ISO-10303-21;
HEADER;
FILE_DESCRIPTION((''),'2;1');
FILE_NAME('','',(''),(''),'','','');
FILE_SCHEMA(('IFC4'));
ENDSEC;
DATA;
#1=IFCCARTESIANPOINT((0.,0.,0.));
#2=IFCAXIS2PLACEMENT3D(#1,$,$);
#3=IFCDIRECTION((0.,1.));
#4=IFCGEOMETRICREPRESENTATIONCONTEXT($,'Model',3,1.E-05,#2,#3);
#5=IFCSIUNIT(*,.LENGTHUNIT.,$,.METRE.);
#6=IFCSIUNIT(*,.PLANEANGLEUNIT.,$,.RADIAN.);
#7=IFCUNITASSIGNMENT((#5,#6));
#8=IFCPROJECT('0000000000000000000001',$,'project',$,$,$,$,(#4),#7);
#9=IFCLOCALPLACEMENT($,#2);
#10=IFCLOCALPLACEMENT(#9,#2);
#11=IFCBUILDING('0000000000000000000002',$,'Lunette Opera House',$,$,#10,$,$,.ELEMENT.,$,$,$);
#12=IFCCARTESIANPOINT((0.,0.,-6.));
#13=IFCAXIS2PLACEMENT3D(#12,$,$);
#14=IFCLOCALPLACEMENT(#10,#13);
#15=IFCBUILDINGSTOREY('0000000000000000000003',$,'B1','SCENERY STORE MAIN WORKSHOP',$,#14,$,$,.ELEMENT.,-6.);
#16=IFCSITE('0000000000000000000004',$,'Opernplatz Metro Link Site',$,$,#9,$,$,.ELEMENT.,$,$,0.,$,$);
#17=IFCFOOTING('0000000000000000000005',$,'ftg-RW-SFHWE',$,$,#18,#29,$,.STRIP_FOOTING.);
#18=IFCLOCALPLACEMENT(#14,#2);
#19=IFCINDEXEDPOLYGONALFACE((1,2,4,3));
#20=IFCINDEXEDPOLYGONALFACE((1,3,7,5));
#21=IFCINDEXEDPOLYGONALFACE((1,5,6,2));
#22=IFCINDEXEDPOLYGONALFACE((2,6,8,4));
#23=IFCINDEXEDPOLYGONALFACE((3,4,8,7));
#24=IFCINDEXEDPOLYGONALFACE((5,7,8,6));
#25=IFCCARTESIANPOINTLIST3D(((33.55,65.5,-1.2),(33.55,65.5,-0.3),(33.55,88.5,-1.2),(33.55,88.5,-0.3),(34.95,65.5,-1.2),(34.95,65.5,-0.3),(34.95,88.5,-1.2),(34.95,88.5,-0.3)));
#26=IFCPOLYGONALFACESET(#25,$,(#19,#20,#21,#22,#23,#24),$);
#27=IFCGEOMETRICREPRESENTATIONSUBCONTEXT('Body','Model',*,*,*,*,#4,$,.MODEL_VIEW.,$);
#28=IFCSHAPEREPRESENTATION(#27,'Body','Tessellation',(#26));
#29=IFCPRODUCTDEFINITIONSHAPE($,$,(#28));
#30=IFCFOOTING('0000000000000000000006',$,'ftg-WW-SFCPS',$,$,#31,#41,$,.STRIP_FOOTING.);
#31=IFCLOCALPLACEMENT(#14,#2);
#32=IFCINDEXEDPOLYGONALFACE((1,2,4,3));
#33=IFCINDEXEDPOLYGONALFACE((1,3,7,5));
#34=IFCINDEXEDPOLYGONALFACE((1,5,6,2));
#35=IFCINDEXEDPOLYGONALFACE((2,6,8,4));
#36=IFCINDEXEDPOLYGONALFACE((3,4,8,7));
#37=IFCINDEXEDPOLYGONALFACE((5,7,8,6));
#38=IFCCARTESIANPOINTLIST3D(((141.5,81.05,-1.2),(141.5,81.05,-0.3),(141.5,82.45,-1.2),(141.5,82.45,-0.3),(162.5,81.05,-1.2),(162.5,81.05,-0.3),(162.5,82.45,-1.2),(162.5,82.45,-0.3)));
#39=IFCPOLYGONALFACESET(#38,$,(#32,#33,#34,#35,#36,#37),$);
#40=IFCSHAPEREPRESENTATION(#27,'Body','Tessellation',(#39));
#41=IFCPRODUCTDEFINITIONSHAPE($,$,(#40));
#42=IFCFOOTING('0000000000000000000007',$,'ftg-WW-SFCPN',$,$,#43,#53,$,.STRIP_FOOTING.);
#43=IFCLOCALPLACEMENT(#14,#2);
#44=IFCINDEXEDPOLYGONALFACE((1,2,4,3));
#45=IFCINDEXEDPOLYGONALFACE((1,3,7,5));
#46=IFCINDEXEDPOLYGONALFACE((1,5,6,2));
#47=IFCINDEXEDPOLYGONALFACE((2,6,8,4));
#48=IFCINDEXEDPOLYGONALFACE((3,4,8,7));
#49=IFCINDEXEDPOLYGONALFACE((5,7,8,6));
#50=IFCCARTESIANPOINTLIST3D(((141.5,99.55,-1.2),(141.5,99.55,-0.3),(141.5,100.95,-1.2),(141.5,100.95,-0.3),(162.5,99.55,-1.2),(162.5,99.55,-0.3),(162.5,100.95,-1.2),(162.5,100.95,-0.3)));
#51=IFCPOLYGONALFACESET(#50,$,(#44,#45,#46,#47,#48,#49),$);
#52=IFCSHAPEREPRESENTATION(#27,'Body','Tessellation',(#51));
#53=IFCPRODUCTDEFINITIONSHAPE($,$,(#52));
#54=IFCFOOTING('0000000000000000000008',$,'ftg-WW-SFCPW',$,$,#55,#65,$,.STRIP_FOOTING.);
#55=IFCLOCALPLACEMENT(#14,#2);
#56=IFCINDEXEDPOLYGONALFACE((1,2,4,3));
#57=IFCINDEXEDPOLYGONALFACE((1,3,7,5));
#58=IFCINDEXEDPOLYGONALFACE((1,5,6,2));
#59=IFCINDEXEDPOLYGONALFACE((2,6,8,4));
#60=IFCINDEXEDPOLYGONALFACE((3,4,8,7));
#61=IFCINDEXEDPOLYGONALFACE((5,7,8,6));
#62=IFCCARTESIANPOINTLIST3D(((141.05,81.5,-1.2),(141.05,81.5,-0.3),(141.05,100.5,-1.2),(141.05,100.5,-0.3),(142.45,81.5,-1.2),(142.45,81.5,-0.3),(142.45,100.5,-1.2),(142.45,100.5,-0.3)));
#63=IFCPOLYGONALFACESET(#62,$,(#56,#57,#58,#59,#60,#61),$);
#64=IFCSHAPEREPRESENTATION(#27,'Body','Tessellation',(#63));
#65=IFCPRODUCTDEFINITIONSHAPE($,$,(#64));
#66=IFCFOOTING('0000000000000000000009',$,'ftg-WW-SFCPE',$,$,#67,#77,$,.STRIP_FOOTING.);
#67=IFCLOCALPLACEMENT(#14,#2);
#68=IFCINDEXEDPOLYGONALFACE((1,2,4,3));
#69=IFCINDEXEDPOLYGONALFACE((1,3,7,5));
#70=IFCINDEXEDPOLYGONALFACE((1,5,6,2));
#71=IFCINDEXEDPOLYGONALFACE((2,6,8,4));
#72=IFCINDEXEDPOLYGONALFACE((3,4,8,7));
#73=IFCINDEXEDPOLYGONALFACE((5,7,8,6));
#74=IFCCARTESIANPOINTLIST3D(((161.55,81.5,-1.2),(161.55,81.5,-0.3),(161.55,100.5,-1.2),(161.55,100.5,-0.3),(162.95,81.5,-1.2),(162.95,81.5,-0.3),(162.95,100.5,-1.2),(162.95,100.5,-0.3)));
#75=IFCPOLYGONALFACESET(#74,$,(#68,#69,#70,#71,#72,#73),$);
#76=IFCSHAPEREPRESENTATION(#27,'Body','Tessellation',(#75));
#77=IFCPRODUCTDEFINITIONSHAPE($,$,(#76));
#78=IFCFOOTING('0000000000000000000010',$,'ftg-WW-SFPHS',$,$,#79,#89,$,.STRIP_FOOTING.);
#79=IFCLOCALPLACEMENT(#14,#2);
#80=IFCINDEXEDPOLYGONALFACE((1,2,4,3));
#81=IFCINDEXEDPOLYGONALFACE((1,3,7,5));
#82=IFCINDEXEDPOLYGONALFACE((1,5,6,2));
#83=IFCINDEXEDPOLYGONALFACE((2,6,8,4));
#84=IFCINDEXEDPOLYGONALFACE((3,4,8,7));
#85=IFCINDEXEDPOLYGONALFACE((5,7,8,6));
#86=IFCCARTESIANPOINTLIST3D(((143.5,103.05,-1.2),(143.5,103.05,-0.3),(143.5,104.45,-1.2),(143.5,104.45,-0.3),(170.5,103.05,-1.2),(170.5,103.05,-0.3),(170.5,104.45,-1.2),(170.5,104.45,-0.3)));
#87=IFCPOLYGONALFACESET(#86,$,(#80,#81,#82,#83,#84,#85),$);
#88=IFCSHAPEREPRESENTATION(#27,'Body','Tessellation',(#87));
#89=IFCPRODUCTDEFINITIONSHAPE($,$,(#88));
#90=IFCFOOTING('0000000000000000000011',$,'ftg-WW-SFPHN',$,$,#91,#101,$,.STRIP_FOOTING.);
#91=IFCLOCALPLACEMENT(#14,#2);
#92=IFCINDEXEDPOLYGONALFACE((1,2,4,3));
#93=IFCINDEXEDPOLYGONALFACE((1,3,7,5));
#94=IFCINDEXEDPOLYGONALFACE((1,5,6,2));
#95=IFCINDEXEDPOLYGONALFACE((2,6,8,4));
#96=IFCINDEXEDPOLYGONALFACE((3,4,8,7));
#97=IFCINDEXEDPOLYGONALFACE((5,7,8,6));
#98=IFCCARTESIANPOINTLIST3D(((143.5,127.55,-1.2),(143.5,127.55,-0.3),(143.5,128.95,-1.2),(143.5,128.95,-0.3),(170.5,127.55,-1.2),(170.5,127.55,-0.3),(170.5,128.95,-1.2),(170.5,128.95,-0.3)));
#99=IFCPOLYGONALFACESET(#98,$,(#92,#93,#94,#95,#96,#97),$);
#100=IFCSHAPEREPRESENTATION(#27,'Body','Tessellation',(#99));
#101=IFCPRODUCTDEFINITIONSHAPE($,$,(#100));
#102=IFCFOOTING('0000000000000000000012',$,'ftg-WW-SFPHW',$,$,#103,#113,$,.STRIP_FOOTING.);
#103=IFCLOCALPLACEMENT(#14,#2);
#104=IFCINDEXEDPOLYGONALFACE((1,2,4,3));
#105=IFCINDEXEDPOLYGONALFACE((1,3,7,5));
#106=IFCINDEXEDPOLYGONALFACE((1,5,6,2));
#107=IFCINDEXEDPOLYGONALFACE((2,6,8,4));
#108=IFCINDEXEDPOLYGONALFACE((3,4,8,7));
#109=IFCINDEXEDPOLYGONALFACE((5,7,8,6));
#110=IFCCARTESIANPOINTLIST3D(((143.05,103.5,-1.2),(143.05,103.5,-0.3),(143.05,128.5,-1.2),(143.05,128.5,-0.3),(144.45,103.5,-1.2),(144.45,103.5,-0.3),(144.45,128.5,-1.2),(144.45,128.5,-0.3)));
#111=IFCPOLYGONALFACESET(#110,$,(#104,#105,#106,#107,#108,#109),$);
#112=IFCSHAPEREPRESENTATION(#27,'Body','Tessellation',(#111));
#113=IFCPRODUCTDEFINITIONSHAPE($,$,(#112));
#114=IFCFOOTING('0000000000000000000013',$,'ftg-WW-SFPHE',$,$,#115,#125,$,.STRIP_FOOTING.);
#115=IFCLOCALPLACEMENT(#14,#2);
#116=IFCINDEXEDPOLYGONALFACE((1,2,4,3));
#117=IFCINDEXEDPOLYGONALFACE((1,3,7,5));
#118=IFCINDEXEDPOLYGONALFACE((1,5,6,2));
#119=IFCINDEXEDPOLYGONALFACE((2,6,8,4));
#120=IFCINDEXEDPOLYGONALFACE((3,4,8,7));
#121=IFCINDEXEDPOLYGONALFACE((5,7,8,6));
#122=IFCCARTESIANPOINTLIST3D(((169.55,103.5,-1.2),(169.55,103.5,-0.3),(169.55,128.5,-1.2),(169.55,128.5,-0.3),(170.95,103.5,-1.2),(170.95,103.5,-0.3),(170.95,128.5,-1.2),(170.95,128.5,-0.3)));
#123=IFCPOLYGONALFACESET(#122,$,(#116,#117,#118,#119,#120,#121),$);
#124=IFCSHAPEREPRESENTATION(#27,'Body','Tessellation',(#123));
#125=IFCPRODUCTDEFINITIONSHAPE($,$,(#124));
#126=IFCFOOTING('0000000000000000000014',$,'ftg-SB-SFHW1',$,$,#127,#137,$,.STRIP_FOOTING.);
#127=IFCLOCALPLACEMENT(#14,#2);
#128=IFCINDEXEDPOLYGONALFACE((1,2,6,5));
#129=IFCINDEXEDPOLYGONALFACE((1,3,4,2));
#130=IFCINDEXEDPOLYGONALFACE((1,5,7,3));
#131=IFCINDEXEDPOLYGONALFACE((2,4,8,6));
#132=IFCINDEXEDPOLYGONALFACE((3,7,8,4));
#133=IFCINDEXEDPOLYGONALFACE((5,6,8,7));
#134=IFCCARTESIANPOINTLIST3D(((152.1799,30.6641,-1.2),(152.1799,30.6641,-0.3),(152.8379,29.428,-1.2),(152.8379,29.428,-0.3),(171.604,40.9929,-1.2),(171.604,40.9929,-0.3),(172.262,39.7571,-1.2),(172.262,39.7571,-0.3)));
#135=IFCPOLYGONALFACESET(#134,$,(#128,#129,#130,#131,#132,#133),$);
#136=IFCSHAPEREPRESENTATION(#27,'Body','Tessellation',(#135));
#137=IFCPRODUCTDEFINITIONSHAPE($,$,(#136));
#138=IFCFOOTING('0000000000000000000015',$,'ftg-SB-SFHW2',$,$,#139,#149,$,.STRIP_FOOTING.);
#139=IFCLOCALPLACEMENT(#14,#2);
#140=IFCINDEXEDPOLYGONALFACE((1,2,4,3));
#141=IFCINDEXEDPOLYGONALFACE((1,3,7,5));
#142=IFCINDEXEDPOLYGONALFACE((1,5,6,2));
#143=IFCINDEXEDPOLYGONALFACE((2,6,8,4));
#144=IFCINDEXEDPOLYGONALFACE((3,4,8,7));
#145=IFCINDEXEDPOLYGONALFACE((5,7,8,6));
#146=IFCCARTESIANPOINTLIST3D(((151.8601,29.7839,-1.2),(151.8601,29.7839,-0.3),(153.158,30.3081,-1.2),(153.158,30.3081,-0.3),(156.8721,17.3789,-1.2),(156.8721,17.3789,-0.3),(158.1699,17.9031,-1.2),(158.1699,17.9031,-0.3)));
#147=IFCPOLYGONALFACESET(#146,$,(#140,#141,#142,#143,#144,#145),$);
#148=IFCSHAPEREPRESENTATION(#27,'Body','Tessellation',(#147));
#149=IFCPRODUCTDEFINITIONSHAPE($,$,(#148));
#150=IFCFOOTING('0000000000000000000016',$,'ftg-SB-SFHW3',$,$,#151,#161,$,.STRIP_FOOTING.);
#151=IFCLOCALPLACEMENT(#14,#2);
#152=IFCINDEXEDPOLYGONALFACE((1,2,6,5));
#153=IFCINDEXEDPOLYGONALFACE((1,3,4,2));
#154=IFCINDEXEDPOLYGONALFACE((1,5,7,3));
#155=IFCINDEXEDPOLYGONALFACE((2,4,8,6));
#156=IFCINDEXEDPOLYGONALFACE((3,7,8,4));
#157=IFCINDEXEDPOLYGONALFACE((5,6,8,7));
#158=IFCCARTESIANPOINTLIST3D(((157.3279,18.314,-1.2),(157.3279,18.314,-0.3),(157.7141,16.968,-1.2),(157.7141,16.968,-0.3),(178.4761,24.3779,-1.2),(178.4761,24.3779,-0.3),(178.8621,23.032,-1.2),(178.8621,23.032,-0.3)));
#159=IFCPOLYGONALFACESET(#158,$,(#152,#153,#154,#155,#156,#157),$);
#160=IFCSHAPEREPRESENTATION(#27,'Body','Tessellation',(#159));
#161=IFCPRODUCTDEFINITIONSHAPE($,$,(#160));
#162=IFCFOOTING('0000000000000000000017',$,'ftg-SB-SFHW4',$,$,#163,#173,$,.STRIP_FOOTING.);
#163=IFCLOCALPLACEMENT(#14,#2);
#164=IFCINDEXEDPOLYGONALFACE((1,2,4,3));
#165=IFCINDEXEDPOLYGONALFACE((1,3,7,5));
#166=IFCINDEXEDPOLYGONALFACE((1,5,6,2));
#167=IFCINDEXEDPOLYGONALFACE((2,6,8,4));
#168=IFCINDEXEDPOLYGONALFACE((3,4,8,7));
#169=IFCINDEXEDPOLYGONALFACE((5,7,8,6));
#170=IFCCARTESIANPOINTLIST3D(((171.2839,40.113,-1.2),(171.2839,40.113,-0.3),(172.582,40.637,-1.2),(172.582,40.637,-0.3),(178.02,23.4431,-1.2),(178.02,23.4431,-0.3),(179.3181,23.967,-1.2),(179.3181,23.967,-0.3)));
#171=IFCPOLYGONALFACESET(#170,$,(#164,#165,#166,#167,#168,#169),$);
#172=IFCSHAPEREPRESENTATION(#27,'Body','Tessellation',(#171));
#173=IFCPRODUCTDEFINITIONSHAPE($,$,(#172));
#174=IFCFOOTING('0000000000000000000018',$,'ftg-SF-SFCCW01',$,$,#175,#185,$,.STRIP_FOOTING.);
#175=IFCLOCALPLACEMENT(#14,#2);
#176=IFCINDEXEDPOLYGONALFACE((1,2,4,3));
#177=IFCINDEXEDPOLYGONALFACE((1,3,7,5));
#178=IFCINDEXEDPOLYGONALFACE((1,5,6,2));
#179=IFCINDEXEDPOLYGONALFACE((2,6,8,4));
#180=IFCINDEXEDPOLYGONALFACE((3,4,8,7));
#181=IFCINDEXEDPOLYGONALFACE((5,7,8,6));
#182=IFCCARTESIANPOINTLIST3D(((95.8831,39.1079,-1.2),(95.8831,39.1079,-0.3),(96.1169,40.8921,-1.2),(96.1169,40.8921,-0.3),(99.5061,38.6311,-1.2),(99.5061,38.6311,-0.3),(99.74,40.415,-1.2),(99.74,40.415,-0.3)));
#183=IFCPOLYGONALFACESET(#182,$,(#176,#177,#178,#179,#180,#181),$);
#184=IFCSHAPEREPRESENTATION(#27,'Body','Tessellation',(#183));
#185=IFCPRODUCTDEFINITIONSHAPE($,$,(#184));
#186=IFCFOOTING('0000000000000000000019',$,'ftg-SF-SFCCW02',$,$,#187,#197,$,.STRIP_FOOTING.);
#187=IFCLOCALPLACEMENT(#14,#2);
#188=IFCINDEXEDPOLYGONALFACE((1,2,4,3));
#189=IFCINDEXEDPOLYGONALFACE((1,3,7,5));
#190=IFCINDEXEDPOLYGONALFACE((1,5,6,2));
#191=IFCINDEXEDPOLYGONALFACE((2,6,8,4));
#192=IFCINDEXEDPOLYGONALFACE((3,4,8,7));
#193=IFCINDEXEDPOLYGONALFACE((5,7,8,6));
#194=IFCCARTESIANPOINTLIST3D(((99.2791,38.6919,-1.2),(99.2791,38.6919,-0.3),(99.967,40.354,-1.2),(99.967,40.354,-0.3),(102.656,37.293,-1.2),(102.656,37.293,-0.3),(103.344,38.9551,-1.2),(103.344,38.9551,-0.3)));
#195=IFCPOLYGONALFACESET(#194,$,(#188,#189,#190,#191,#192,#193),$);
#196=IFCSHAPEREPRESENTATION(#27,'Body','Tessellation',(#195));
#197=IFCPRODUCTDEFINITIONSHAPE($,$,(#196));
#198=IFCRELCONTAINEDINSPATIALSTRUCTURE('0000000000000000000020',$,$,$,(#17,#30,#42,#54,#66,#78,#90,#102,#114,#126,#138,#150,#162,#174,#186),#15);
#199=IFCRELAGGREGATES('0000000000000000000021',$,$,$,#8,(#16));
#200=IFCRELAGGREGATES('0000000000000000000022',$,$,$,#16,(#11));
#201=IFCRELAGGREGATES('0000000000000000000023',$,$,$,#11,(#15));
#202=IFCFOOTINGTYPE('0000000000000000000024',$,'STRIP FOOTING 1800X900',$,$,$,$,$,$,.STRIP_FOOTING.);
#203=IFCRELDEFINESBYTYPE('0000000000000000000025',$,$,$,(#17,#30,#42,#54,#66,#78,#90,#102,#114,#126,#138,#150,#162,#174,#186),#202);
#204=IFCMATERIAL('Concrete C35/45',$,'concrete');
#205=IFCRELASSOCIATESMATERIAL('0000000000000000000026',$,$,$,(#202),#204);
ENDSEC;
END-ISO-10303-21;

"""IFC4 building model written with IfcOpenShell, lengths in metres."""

from ifc_helpers import new_model, si_unit, direction, frame, origin, place, context, subcontext, project, spatial, polyline, outline, extrude, material, type_object, element, save


model = new_model("IFC4")

# Units and contexts
model_context = context("Model", 3, precision=1e-05, world=origin(), true_north=direction((0.0, 1.0)))
body_context = subcontext(model_context, "Body", "Model", "MODEL_VIEW")
ifc_project = project(units=[si_unit("LENGTHUNIT", "METRE"), si_unit("PLANEANGLEUNIT", "RADIAN")], contexts=[model_context])

# Site, building, storey
site_placement = place(None, origin())
site = spatial("IfcSite", under=ifc_project, at=site_placement, Name="Opernplatz Metro Link Site", CompositionType="ELEMENT", RefElevation=0.0)
building_placement = place(site_placement, origin())
building = spatial("IfcBuilding", under=site, at=building_placement, Name="Lunette Opera House", CompositionType="ELEMENT")
storey_placement = place(building_placement, frame((0.0, 0.0, -6.0)))
storey = spatial("IfcBuildingStorey", under=building, at=storey_placement, Name="B1", Description="SCENERY STORE MAIN WORKSHOP", CompositionType="ELEMENT", Elevation=-6.0)

# Footings
ifc_material = material(Name="Concrete C35/45", Category="concrete")
footing_type = type_object("IfcFootingType", Name="STRIP FOOTING 1800X900", PredefinedType="STRIP_FOOTING", material=ifc_material)
footing_1_placement = place(storey_placement, frame((0.0, 0.0, -1.2)))
element("IfcFooting", 1, at=footing_1_placement, inside=storey, type_object=footing_type, Name="ftg-RW-SFHWE", PredefinedType="STRIP_FOOTING", context=body_context, shape_type="SweptSolid", body=[
    extrude(outline(polyline([(33.55, 65.5), (34.95, 65.5), (34.95, 88.5), (33.55, 88.5), (33.55, 65.5)])), origin(), (0.0, 0.0, 1.0), 0.8999),
])
footing_2_placement = place(storey_placement, frame((0.0, 0.0, -1.2)))
element("IfcFooting", 2, at=footing_2_placement, inside=storey, type_object=footing_type, Name="ftg-WW-SFCPS", PredefinedType="STRIP_FOOTING", context=body_context, shape_type="SweptSolid", body=[
    extrude(outline(polyline([(141.5, 82.45), (141.5, 81.05), (162.5, 81.05), (162.5, 82.45), (141.5, 82.45)])), origin(), (0.0, 0.0, 1.0), 0.8999),
])
footing_3_placement = place(storey_placement, frame((0.0, 0.0, -1.2)))
element("IfcFooting", 3, at=footing_3_placement, inside=storey, type_object=footing_type, Name="ftg-WW-SFCPN", PredefinedType="STRIP_FOOTING", context=body_context, shape_type="SweptSolid", body=[
    extrude(outline(polyline([(141.5, 100.95), (141.5, 99.55), (162.5, 99.55), (162.5, 100.95), (141.5, 100.95)])), origin(), (0.0, 0.0, 1.0), 0.8999),
])
footing_4_placement = place(storey_placement, frame((0.0, 0.0, -1.2)))
element("IfcFooting", 4, at=footing_4_placement, inside=storey, type_object=footing_type, Name="ftg-WW-SFCPW", PredefinedType="STRIP_FOOTING", context=body_context, shape_type="SweptSolid", body=[
    extrude(outline(polyline([(141.05, 81.5), (142.45, 81.5), (142.45, 100.5), (141.05, 100.5), (141.05, 81.5)])), origin(), (0.0, 0.0, 1.0), 0.8999),
])
footing_5_placement = place(storey_placement, frame((0.0, 0.0, -1.2)))
element("IfcFooting", 5, at=footing_5_placement, inside=storey, type_object=footing_type, Name="ftg-WW-SFCPE", PredefinedType="STRIP_FOOTING", context=body_context, shape_type="SweptSolid", body=[
    extrude(outline(polyline([(161.55, 81.5), (162.95, 81.5), (162.95, 100.5), (161.55, 100.5), (161.55, 81.5)])), origin(), (0.0, 0.0, 1.0), 0.8999),
])
footing_6_placement = place(storey_placement, frame((0.0, 0.0, -1.2)))
element("IfcFooting", 6, at=footing_6_placement, inside=storey, type_object=footing_type, Name="ftg-WW-SFPHS", PredefinedType="STRIP_FOOTING", context=body_context, shape_type="SweptSolid", body=[
    extrude(outline(polyline([(143.5, 104.45), (143.5, 103.05), (170.5, 103.05), (170.5, 104.45), (143.5, 104.45)])), origin(), (0.0, 0.0, 1.0), 0.8999),
])
footing_7_placement = place(storey_placement, frame((0.0, 0.0, -1.2)))
element("IfcFooting", 7, at=footing_7_placement, inside=storey, type_object=footing_type, Name="ftg-WW-SFPHN", PredefinedType="STRIP_FOOTING", context=body_context, shape_type="SweptSolid", body=[
    extrude(outline(polyline([(143.5, 128.95), (143.5, 127.55), (170.5, 127.55), (170.5, 128.95), (143.5, 128.95)])), origin(), (0.0, 0.0, 1.0), 0.8999),
])
footing_8_placement = place(storey_placement, frame((0.0, 0.0, -1.2)))
element("IfcFooting", 8, at=footing_8_placement, inside=storey, type_object=footing_type, Name="ftg-WW-SFPHW", PredefinedType="STRIP_FOOTING", context=body_context, shape_type="SweptSolid", body=[
    extrude(outline(polyline([(143.05, 103.5), (144.45, 103.5), (144.45, 128.5), (143.05, 128.5), (143.05, 103.5)])), origin(), (0.0, 0.0, 1.0), 0.8999),
])
footing_9_placement = place(storey_placement, frame((0.0, 0.0, -1.2)))
element("IfcFooting", 9, at=footing_9_placement, inside=storey, type_object=footing_type, Name="ftg-WW-SFPHE", PredefinedType="STRIP_FOOTING", context=body_context, shape_type="SweptSolid", body=[
    extrude(outline(polyline([(169.55, 103.5), (170.95, 103.5), (170.95, 128.5), (169.55, 128.5), (169.55, 103.5)])), origin(), (0.0, 0.0, 1.0), 0.8999),
])
footing_10_placement = place(storey_placement, frame((0.0, 0.0, -1.2)))
element("IfcFooting", 10, at=footing_10_placement, inside=storey, type_object=footing_type, Name="ftg-SB-SFHW1", PredefinedType="STRIP_FOOTING", context=body_context, shape_type="SweptSolid", body=[
    extrude(outline(polyline([(172.262, 39.7571), (171.604, 40.9929), (152.1799, 30.6641), (152.8379, 29.428), (172.262, 39.7571)])), origin(), (0.0, 0.0, 1.0), 0.8999),
])
footing_11_placement = place(storey_placement, frame((0.0, 0.0, -1.2)))
element("IfcFooting", 11, at=footing_11_placement, inside=storey, type_object=footing_type, Name="ftg-SB-SFHW2", PredefinedType="STRIP_FOOTING", context=body_context, shape_type="SweptSolid", body=[
    extrude(outline(polyline([(153.158, 30.3081), (151.8601, 29.7839), (156.8721, 17.3789), (158.1699, 17.9031), (153.158, 30.3081)])), origin(), (0.0, 0.0, 1.0), 0.8999),
])
footing_12_placement = place(storey_placement, frame((0.0, 0.0, -1.2)))
element("IfcFooting", 12, at=footing_12_placement, inside=storey, type_object=footing_type, Name="ftg-SB-SFHW3", PredefinedType="STRIP_FOOTING", context=body_context, shape_type="SweptSolid", body=[
    extrude(outline(polyline([(157.3279, 18.314), (157.7141, 16.968), (178.8621, 23.032), (178.4761, 24.3779), (157.3279, 18.314)])), origin(), (0.0, 0.0, 1.0), 0.8999),
])
footing_13_placement = place(storey_placement, frame((0.0, 0.0, -1.2)))
element("IfcFooting", 13, at=footing_13_placement, inside=storey, type_object=footing_type, Name="ftg-SB-SFHW4", PredefinedType="STRIP_FOOTING", context=body_context, shape_type="SweptSolid", body=[
    extrude(outline(polyline([(178.02, 23.4431), (179.3181, 23.967), (172.582, 40.637), (171.2839, 40.113), (178.02, 23.4431)])), origin(), (0.0, 0.0, 1.0), 0.8999),
])
footing_14_placement = place(storey_placement, frame((0.0, 0.0, -1.2)))
element("IfcFooting", 14, at=footing_14_placement, inside=storey, type_object=footing_type, Name="ftg-SF-SFCCW01", PredefinedType="STRIP_FOOTING", context=body_context, shape_type="SweptSolid", body=[
    extrude(outline(polyline([(96.1169, 40.8921), (95.8831, 39.1079), (99.5061, 38.6311), (99.74, 40.415), (96.1169, 40.8921)])), origin(), (0.0, 0.0, 1.0), 0.8999),
])
footing_15_placement = place(storey_placement, frame((0.0, 0.0, -1.2)))
element("IfcFooting", 15, at=footing_15_placement, inside=storey, type_object=footing_type, Name="ftg-SF-SFCCW02", PredefinedType="STRIP_FOOTING", context=body_context, shape_type="SweptSolid", body=[
    extrude(outline(polyline([(99.967, 40.354), (99.2791, 38.6919), (102.656, 37.293), (103.344, 38.9551), (99.967, 40.354)])), origin(), (0.0, 0.0, 1.0), 0.8999),
])

save(model, "model.ifc")
